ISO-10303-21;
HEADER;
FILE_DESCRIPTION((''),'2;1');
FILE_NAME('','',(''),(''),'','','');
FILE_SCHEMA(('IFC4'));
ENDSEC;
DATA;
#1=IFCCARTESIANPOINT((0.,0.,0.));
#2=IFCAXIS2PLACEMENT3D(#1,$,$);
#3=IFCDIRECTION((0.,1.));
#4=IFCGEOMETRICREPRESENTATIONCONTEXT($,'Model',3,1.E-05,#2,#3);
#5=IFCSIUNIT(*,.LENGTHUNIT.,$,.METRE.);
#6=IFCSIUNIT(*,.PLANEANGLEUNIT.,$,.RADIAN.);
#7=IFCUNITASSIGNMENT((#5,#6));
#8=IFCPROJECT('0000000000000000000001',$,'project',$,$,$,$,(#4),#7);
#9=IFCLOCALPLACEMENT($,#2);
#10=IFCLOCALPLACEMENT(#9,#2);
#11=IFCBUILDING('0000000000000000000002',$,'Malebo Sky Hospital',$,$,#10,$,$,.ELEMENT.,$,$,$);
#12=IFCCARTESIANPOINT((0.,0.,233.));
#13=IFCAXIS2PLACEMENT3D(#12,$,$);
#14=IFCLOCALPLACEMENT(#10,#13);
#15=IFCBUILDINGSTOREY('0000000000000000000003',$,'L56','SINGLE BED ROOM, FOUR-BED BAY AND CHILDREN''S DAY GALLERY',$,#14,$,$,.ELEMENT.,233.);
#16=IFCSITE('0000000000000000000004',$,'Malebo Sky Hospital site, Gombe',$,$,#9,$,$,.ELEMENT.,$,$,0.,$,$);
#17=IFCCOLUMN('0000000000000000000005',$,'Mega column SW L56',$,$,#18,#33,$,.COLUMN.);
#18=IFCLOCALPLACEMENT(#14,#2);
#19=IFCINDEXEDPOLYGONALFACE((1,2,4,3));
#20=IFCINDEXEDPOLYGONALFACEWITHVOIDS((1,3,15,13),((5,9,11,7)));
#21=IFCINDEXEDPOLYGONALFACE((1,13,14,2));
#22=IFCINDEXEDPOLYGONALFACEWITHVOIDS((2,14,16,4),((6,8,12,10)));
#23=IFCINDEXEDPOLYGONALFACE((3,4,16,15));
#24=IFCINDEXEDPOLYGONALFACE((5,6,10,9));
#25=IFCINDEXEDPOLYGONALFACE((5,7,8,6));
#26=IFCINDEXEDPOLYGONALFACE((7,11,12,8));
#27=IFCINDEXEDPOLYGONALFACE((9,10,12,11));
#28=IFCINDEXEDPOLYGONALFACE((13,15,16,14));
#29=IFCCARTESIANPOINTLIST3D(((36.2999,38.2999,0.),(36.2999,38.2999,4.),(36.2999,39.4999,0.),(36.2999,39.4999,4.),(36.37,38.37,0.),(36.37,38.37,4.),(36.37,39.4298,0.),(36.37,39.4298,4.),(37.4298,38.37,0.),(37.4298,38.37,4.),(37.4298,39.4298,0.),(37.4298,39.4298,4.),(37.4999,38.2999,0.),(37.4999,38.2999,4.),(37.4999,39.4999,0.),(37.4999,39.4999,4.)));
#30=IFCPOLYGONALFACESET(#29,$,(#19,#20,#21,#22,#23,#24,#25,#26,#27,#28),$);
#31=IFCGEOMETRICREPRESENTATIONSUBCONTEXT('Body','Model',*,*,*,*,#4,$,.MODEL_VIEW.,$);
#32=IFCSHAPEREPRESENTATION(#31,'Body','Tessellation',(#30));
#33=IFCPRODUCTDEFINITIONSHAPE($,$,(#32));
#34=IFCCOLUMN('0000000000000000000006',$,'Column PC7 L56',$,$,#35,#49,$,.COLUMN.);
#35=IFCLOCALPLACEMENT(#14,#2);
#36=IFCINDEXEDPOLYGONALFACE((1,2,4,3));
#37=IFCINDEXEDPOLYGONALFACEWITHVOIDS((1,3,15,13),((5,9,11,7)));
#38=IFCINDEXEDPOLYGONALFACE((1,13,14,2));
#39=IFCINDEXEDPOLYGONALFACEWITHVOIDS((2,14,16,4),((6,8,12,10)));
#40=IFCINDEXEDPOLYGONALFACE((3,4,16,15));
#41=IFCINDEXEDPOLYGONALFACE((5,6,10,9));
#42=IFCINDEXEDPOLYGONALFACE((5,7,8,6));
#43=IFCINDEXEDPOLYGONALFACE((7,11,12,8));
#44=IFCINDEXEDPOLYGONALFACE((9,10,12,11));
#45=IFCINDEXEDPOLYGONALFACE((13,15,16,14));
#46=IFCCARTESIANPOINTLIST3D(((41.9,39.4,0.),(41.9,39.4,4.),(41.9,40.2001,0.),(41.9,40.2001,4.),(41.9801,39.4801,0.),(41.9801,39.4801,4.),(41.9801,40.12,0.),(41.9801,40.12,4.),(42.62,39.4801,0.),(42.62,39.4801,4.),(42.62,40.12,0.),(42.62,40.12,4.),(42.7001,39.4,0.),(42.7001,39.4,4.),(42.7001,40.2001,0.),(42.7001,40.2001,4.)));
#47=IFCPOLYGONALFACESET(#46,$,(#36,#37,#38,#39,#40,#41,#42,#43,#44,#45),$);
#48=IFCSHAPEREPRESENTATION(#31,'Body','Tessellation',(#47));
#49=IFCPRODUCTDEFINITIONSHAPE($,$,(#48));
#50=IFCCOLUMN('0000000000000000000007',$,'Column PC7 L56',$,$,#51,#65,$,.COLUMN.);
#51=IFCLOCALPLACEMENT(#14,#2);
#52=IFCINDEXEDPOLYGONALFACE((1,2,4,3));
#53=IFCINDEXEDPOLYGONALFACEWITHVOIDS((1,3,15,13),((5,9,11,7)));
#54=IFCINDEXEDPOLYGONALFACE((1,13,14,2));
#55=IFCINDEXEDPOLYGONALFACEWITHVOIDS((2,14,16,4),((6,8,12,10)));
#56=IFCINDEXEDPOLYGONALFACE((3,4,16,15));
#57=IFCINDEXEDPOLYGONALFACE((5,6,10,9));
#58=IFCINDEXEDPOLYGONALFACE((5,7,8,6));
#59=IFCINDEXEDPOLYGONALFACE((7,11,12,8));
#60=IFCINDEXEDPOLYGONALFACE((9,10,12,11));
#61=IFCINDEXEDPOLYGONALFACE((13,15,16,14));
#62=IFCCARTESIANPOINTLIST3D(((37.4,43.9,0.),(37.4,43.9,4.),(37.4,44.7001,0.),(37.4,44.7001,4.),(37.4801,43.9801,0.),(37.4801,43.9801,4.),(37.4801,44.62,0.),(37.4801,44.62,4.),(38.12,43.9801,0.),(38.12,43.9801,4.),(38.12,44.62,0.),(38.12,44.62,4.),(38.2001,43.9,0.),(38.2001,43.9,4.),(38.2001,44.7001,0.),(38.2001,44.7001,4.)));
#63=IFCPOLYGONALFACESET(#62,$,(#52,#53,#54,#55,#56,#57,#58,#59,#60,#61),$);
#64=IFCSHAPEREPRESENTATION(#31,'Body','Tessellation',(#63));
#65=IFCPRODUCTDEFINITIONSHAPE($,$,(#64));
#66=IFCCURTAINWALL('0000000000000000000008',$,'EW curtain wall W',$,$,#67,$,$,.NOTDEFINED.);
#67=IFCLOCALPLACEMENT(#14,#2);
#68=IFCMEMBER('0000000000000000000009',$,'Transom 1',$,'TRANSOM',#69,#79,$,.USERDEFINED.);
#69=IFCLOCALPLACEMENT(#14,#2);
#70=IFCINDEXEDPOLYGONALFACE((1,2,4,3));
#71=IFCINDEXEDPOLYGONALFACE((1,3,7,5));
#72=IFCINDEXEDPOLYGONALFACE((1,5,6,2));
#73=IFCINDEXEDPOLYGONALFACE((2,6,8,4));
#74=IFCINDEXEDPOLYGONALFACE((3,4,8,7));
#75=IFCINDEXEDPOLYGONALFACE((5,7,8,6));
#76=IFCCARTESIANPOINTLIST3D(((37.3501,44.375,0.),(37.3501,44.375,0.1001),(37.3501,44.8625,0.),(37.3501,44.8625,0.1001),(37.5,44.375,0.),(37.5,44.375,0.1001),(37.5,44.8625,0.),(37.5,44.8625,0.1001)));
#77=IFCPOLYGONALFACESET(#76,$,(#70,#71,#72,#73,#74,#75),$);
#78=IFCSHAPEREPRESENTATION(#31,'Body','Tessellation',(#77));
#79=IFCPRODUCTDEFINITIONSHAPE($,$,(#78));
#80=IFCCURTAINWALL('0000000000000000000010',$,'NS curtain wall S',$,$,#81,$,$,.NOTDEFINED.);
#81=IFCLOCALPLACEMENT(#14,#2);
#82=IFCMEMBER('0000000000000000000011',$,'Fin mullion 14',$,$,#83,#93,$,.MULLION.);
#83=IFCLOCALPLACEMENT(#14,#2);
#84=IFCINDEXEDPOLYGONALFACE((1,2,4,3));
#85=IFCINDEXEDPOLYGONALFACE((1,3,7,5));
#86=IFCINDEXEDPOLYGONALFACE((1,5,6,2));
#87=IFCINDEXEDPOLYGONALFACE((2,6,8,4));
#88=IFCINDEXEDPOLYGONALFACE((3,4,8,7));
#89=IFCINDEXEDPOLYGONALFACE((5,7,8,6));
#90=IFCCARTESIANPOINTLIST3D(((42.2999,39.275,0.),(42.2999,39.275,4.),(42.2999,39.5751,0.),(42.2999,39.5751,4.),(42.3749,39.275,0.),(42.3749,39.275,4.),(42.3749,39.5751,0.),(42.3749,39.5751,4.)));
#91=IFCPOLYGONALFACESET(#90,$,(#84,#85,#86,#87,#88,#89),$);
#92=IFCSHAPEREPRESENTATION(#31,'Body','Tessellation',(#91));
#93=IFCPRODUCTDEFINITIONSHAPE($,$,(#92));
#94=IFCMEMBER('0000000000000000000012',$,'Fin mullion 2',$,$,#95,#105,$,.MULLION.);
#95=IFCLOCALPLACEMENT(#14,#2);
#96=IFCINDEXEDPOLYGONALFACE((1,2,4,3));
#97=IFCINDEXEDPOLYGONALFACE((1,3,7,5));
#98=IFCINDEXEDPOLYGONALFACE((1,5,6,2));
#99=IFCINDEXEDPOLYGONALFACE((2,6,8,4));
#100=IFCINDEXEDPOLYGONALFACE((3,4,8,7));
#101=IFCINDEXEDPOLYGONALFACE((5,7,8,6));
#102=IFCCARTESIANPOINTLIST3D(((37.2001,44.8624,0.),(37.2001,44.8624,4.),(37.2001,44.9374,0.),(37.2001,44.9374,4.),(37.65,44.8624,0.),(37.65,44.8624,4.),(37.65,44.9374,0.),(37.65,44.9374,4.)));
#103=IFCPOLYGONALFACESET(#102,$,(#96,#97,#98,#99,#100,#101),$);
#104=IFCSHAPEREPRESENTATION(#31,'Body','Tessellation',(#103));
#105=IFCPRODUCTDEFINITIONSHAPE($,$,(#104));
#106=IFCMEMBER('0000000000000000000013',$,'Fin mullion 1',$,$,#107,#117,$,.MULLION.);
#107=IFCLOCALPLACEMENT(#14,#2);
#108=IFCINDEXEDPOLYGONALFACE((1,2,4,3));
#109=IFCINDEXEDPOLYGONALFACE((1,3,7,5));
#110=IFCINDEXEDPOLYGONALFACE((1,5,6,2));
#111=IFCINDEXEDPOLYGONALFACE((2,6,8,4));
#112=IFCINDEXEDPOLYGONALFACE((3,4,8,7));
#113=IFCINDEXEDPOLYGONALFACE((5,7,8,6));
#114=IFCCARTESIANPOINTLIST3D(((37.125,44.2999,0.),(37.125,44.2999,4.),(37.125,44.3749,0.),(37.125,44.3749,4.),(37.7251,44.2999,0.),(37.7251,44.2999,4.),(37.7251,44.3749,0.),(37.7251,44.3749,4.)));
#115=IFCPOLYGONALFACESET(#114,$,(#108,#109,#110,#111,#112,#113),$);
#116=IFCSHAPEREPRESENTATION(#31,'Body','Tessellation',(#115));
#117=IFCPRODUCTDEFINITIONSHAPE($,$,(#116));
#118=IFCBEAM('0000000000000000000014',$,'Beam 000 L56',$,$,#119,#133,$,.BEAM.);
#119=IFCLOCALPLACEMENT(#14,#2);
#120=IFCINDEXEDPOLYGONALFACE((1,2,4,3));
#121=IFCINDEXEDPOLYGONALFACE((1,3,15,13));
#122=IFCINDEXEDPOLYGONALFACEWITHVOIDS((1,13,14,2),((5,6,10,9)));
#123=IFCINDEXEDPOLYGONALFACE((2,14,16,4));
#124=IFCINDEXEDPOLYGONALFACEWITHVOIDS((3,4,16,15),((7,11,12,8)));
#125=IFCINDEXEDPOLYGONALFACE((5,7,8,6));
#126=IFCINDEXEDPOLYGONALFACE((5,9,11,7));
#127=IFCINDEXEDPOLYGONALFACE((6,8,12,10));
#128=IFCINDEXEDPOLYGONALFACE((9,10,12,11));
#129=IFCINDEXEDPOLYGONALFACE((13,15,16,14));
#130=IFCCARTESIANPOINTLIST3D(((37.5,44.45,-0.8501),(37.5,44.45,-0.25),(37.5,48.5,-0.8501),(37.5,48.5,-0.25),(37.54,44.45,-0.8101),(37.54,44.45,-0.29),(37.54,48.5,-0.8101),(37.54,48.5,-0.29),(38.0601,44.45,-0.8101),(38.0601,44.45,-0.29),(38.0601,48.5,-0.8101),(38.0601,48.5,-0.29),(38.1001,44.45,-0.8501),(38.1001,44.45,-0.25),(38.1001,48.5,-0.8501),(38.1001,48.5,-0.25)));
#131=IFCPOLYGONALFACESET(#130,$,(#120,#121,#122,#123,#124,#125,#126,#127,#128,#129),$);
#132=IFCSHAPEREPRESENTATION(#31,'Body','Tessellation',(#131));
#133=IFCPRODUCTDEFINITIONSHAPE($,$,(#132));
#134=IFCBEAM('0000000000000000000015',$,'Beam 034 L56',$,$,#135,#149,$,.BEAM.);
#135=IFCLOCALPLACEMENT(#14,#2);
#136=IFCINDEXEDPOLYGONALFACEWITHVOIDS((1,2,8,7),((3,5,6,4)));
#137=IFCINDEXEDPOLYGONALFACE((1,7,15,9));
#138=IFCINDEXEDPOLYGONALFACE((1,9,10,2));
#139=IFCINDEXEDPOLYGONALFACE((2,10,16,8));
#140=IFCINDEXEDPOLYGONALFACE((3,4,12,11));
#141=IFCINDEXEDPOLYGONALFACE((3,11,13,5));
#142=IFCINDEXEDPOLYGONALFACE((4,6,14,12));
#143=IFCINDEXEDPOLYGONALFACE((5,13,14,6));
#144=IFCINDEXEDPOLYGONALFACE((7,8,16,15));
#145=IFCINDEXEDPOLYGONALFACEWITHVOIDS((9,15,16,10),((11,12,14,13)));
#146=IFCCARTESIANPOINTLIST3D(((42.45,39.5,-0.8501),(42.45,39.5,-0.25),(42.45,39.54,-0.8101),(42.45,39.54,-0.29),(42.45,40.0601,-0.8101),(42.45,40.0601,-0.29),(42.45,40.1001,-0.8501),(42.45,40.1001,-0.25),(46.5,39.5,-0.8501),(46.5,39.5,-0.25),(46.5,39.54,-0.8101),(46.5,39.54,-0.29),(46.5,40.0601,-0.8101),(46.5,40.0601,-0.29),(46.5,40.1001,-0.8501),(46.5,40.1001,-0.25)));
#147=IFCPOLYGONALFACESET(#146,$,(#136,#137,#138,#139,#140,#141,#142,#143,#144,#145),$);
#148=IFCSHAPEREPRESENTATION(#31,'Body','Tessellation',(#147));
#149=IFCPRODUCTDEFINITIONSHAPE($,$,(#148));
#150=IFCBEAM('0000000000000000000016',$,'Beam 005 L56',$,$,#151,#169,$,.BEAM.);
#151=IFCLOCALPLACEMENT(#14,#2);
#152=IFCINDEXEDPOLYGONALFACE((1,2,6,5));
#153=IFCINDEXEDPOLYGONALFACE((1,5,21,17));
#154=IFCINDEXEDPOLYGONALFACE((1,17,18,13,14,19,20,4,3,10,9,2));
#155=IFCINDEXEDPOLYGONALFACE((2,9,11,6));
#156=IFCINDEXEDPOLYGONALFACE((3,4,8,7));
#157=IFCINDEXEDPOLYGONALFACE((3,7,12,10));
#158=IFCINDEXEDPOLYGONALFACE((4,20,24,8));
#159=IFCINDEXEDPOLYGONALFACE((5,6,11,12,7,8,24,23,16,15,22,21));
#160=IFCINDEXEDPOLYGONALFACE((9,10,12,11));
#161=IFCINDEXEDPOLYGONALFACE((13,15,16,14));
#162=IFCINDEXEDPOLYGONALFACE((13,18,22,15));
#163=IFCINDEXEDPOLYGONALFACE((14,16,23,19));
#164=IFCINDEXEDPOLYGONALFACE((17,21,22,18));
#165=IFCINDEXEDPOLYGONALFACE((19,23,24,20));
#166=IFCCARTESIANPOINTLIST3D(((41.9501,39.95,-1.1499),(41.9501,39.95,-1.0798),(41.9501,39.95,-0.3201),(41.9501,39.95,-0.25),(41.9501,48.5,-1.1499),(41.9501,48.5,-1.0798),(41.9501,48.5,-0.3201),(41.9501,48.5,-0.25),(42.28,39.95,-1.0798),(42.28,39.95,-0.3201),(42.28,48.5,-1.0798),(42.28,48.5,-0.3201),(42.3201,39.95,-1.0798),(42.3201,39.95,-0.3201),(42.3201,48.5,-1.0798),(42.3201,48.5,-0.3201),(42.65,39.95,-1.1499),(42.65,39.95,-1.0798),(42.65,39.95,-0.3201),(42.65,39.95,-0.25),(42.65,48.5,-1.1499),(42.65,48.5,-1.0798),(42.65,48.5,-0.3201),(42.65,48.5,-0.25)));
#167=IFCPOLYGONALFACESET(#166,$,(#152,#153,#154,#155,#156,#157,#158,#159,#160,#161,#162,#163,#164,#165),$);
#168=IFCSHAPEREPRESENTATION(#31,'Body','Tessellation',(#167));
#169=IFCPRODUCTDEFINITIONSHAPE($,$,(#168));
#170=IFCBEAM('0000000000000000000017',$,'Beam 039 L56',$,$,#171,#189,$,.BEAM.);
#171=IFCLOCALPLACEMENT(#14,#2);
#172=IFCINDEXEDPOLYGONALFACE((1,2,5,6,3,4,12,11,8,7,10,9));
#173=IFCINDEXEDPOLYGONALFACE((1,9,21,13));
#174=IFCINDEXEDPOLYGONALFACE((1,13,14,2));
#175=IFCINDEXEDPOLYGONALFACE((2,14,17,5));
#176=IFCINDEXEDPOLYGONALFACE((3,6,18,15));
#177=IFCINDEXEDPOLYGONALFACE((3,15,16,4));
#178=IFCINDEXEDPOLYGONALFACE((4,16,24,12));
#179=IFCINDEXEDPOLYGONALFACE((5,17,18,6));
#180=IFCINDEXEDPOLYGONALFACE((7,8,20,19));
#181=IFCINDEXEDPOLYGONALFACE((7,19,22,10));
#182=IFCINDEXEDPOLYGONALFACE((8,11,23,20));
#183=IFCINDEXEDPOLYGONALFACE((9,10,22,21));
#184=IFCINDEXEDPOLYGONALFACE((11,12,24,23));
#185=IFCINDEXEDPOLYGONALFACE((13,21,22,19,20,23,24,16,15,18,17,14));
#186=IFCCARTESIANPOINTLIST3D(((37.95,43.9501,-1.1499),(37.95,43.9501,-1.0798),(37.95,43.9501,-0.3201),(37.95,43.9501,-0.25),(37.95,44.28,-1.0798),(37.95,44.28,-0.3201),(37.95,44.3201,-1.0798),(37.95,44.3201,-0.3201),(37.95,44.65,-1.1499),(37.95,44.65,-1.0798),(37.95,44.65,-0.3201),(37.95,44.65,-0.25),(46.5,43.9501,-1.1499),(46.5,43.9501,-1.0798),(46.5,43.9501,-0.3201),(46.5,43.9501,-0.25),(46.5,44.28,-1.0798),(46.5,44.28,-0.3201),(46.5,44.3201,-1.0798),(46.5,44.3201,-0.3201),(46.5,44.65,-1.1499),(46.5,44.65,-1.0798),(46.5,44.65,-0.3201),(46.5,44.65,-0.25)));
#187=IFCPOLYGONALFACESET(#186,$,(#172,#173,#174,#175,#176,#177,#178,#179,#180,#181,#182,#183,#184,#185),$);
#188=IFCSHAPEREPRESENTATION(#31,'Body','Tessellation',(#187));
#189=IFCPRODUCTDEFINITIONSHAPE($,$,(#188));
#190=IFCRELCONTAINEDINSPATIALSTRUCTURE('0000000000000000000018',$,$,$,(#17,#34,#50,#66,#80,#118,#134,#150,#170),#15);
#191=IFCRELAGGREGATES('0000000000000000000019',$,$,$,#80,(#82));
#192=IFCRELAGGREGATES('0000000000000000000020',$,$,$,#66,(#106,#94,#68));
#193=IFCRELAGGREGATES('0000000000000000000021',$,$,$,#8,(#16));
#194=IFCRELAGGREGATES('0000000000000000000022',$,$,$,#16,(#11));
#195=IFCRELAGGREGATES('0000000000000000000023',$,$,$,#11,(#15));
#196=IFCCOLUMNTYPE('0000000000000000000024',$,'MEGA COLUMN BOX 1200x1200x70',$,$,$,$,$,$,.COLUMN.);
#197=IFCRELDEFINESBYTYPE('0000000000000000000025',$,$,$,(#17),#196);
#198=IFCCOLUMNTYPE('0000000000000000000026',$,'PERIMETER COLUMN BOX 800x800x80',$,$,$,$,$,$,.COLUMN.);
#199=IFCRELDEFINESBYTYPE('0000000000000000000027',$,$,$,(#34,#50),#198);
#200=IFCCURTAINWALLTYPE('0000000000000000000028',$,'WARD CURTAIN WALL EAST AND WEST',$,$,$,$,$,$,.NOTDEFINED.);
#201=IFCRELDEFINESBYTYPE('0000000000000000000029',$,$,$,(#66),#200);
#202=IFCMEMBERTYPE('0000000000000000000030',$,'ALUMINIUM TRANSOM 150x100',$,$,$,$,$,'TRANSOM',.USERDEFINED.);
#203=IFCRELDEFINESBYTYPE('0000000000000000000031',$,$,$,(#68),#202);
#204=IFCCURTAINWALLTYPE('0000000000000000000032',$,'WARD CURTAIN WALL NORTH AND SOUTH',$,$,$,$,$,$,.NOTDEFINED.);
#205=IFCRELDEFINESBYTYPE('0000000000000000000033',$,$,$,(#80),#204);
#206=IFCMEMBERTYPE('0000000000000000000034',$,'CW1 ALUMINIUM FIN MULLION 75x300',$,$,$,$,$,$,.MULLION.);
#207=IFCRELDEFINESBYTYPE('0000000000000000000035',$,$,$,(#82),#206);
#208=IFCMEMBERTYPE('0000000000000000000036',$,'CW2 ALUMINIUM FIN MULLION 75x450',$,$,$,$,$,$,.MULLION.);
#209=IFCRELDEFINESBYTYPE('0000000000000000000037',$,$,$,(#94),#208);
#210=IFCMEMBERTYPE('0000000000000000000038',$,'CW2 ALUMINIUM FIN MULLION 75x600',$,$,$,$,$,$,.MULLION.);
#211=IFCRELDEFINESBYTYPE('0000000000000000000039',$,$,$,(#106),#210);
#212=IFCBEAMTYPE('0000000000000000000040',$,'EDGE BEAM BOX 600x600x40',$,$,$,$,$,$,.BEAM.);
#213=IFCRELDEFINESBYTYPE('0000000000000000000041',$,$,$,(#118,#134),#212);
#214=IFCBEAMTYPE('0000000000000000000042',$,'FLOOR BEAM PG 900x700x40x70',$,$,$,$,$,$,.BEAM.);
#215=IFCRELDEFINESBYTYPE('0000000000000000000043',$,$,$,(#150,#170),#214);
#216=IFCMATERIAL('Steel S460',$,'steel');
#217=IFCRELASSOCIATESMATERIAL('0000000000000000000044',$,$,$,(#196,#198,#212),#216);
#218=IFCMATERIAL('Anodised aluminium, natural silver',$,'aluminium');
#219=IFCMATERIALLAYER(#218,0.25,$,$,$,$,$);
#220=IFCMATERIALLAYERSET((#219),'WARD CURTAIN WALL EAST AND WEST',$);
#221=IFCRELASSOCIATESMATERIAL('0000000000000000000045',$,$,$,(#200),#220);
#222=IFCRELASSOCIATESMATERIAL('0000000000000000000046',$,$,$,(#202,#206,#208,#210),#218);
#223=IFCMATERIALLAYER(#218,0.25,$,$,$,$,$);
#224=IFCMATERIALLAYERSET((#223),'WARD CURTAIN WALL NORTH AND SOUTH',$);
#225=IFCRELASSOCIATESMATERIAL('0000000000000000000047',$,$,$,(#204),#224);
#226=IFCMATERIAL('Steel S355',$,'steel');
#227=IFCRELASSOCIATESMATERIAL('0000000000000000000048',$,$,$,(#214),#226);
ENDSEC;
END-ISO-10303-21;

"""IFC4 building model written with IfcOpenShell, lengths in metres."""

from ifc_helpers import new_model, si_unit, direction, frame, origin, origin_2d, place, context, subcontext, project, spatial, rectangle, hollow_rectangle, i_section, extrude, material, layer, layer_set, material_profile, profile_set, type_object, element, aggregate, save


model = new_model("IFC4")

# Units and contexts
model_context = context("Model", 3, precision=1e-05, world=origin(), true_north=direction((0.0, 1.0)))
body_context = subcontext(model_context, "Body", "Model", "MODEL_VIEW")
ifc_project = project(units=[si_unit("LENGTHUNIT", "METRE"), si_unit("PLANEANGLEUNIT", "RADIAN")], contexts=[model_context])

# Site, building, storey
site_placement = place(None, origin())
site = spatial("IfcSite", under=ifc_project, at=site_placement, Name="Malebo Sky Hospital site, Gombe", CompositionType="ELEMENT", RefElevation=0.0)
building_placement = place(site_placement, origin())
building = spatial("IfcBuilding", under=site, at=building_placement, Name="Malebo Sky Hospital", CompositionType="ELEMENT")
storey_placement = place(building_placement, frame((0.0, 0.0, 233.0)))
storey = spatial("IfcBuildingStorey", under=building, at=storey_placement, Name="L56", Description="SINGLE BED ROOM, FOUR-BED BAY AND CHILDREN'S DAY GALLERY", CompositionType="ELEMENT", Elevation=233.0)

# Columns
ifc_material_1 = material(Name="Steel S460", Category="steel")
ifc_material_profile_1 = material_profile(ifc_material_1, hollow_rectangle(XDim=1.2, YDim=1.2, WallThickness=0.0701, at=origin_2d()), Name="BOX 1200x1200x70")
ifc_profile_set_1 = profile_set([ifc_material_profile_1], Name="Steel S460")
column_type_1 = type_object("IfcColumnType", Name="MEGA COLUMN BOX 1200x1200x70", PredefinedType="COLUMN", material=ifc_profile_set_1)
column_placement = place(storey_placement, frame((36.8999, 38.8999, 0.0), z_axis=(0.0, 0.0, 1.0), x_axis=(1.0, 0.0, 0.0)))
element("IfcColumn", 1, at=column_placement, inside=storey, type_object=column_type_1, Name="Mega column SW L56", PredefinedType="COLUMN", context=body_context, shape_type="SweptSolid", body=[
    extrude(hollow_rectangle(XDim=1.2, YDim=1.2, WallThickness=0.0701, at=origin_2d()), origin(), (0.0, 0.0, 1.0), 4.0),
])
ifc_material_profile_2 = material_profile(ifc_material_1, hollow_rectangle(XDim=0.8, YDim=0.8, WallThickness=0.0801, at=origin_2d()), Name="BOX 800x800x80")
ifc_profile_set_2 = profile_set([ifc_material_profile_2], Name="Steel S460")
column_type_2 = type_object("IfcColumnType", Name="PERIMETER COLUMN BOX 800x800x80", PredefinedType="COLUMN", material=ifc_profile_set_2)
for number, where, z_axis, x_axis, name in (
    (2, (42.3, 39.8, 0.0), (0.0, 0.0, 1.0), (1.0, 0.0, 0.0), "Column PC7 L56"),
    (3, (37.8, 44.3, 0.0), (0.0, 0.0, 1.0), (1.0, 0.0, 0.0), "Column PC7 L56"),
):
    element("IfcColumn", number, at=place(storey_placement, frame(where, z_axis=z_axis, x_axis=x_axis)), inside=storey, type_object=column_type_2, Name=name, PredefinedType="COLUMN", context=body_context, shape_type="SweptSolid", body=[
        extrude(hollow_rectangle(XDim=0.8, YDim=0.8, WallThickness=0.0801, at=origin_2d()), origin(), (0.0, 0.0, 1.0), 4.0),
    ])

# Curtain walls, members
ifc_material_2 = material(Name="Anodised aluminium, natural silver", Category="aluminium")
ifc_layer_1 = layer(ifc_material_2, 0.25)
ifc_layer_set_1 = layer_set([ifc_layer_1], Name="WARD CURTAIN WALL EAST AND WEST")
curtain_wall_type_1 = type_object("IfcCurtainWallType", Name="WARD CURTAIN WALL EAST AND WEST", PredefinedType="NOTDEFINED", material=ifc_layer_set_1)
curtain_wall_1_placement = place(storey_placement, origin())
curtain_wall_1 = element("IfcCurtainWall", 4, at=curtain_wall_1_placement, inside=storey, type_object=curtain_wall_type_1, Name="EW curtain wall W", PredefinedType="NOTDEFINED")
ifc_material_profile_3 = material_profile(ifc_material_2, rectangle(XDim=0.1499, YDim=0.1001, at=origin_2d()), Name="ALUMINIUM TRANSOM 150x100")
ifc_profile_set_3 = profile_set([ifc_material_profile_3], Name="Anodised aluminium, natural silver")
member_type_1 = type_object("IfcMemberType", Name="ALUMINIUM TRANSOM 150x100", ElementType="TRANSOM", PredefinedType="USERDEFINED", material=ifc_profile_set_3)
member_1_placement = place(storey_placement, frame((37.425, 44.375, 0.05), z_axis=(0.0, 1.0, 0.0), x_axis=(-1.0, 0.0, 0.0)))
member_1 = element("IfcMember", 5, at=member_1_placement, type_object=member_type_1, Name="Transom 1", ObjectType="TRANSOM", PredefinedType="USERDEFINED", context=body_context, shape_type="SweptSolid", body=[
    extrude(rectangle(XDim=0.1499, YDim=0.1001, at=origin_2d()), origin(), (0.0, 0.0, 1.0), 0.4875),
])
ifc_layer_2 = layer(ifc_material_2, 0.25)
ifc_layer_set_2 = layer_set([ifc_layer_2], Name="WARD CURTAIN WALL NORTH AND SOUTH")
curtain_wall_type_2 = type_object("IfcCurtainWallType", Name="WARD CURTAIN WALL NORTH AND SOUTH", PredefinedType="NOTDEFINED", material=ifc_layer_set_2)
curtain_wall_2_placement = place(storey_placement, origin())
curtain_wall_2 = element("IfcCurtainWall", 6, at=curtain_wall_2_placement, inside=storey, type_object=curtain_wall_type_2, Name="NS curtain wall S", PredefinedType="NOTDEFINED")
ifc_material_profile_4 = material_profile(ifc_material_2, rectangle(XDim=0.075, YDim=0.3, at=origin_2d()), Name="CW1 ALUMINIUM FIN MULLION 75x300")
ifc_profile_set_4 = profile_set([ifc_material_profile_4], Name="Anodised aluminium, natural silver")
member_type_2 = type_object("IfcMemberType", Name="CW1 ALUMINIUM FIN MULLION 75x300", PredefinedType="MULLION", material=ifc_profile_set_4)
member_2_placement = place(storey_placement, frame((42.3374, 39.425, 0.0), z_axis=(0.0, 0.0, 1.0), x_axis=(-1.0, 0.0, 0.0)))
member_2 = element("IfcMember", 7, at=member_2_placement, type_object=member_type_2, Name="Fin mullion 14", PredefinedType="MULLION", context=body_context, shape_type="SweptSolid", body=[
    extrude(rectangle(XDim=0.075, YDim=0.3, at=origin_2d()), origin(), (0.0, 0.0, 1.0), 4.0),
])
aggregate(curtain_wall_2, [member_2])

# Members
ifc_material_profile_5 = material_profile(ifc_material_2, rectangle(XDim=0.075, YDim=0.45, at=origin_2d()), Name="CW2 ALUMINIUM FIN MULLION 75x450")
ifc_profile_set_5 = profile_set([ifc_material_profile_5], Name="Anodised aluminium, natural silver")
member_type_3 = type_object("IfcMemberType", Name="CW2 ALUMINIUM FIN MULLION 75x450", PredefinedType="MULLION", material=ifc_profile_set_5)
member_3_placement = place(storey_placement, frame((37.425, 44.8999, 0.0), z_axis=(0.0, 0.0, 1.0), x_axis=(0.0, 1.0, 0.0)))
member_3 = element("IfcMember", 8, at=member_3_placement, type_object=member_type_3, Name="Fin mullion 2", PredefinedType="MULLION", context=body_context, shape_type="SweptSolid", body=[
    extrude(rectangle(XDim=0.075, YDim=0.45, at=origin_2d()), origin(), (0.0, 0.0, 1.0), 4.0),
])
ifc_material_profile_6 = material_profile(ifc_material_2, rectangle(XDim=0.075, YDim=0.6001, at=origin_2d()), Name="CW2 ALUMINIUM FIN MULLION 75x600")
ifc_profile_set_6 = profile_set([ifc_material_profile_6], Name="Anodised aluminium, natural silver")
member_type_4 = type_object("IfcMemberType", Name="CW2 ALUMINIUM FIN MULLION 75x600", PredefinedType="MULLION", material=ifc_profile_set_6)
member_4_placement = place(storey_placement, frame((37.425, 44.3374, 0.0), z_axis=(0.0, 0.0, 1.0), x_axis=(0.0, 1.0, 0.0)))
member_4 = element("IfcMember", 9, at=member_4_placement, type_object=member_type_4, Name="Fin mullion 1", PredefinedType="MULLION", context=body_context, shape_type="SweptSolid", body=[
    extrude(rectangle(XDim=0.075, YDim=0.6001, at=origin_2d()), origin(), (0.0, 0.0, 1.0), 4.0),
])

# Beams
ifc_material_profile_7 = material_profile(ifc_material_1, hollow_rectangle(XDim=0.6001, YDim=0.6001, WallThickness=0.04, at=origin_2d()), Name="BOX 600x600x40")
ifc_profile_set_7 = profile_set([ifc_material_profile_7], Name="Steel S460")
beam_type_1 = type_object("IfcBeamType", Name="EDGE BEAM BOX 600x600x40", PredefinedType="BEAM", material=ifc_profile_set_7)
for number, where, z_axis, x_axis, name in (
    (10, (37.8, 44.45, -0.55), (0.0, 1.0, 0.0), (-1.0, 0.0, 0.0), "Beam 000 L56"),
    (11, (42.45, 39.8, -0.55), (1.0, 0.0, 0.0), (0.0, 1.0, 0.0), "Beam 034 L56"),
):
    element("IfcBeam", number, at=place(storey_placement, frame(where, z_axis=z_axis, x_axis=x_axis)), inside=storey, type_object=beam_type_1, Name=name, PredefinedType="BEAM", context=body_context, shape_type="SweptSolid", body=[
        extrude(hollow_rectangle(XDim=0.6001, YDim=0.6001, WallThickness=0.04, at=origin_2d()), origin(), (0.0, 0.0, 1.0), 4.05),
    ])
ifc_material_3 = material(Name="Steel S355", Category="steel")
ifc_material_profile_8 = material_profile(ifc_material_3, i_section(OverallWidth=0.7, OverallDepth=0.8999, WebThickness=0.04, FlangeThickness=0.0701, at=origin_2d()), Name="PG 900x700x40x70")
ifc_profile_set_8 = profile_set([ifc_material_profile_8], Name="Steel S355")
beam_type_2 = type_object("IfcBeamType", Name="FLOOR BEAM PG 900x700x40x70", PredefinedType="BEAM", material=ifc_profile_set_8)
for number, where, z_axis, x_axis, name in (
    (12, (42.3, 39.95, -0.7), (0.0, 1.0, 0.0), (-1.0, 0.0, 0.0), "Beam 005 L56"),
    (13, (37.95, 44.3, -0.7), (1.0, 0.0, 0.0), (0.0, 1.0, 0.0), "Beam 039 L56"),
):
    element("IfcBeam", number, at=place(storey_placement, frame(where, z_axis=z_axis, x_axis=x_axis)), inside=storey, type_object=beam_type_2, Name=name, PredefinedType="BEAM", context=body_context, shape_type="SweptSolid", body=[
        extrude(i_section(OverallWidth=0.7, OverallDepth=0.8999, WebThickness=0.04, FlangeThickness=0.0701, at=origin_2d()), origin(), (0.0, 0.0, 1.0), 8.55),
    ])

aggregate(curtain_wall_1, [member_4, member_3, member_1])

save(model, "model.ifc")
